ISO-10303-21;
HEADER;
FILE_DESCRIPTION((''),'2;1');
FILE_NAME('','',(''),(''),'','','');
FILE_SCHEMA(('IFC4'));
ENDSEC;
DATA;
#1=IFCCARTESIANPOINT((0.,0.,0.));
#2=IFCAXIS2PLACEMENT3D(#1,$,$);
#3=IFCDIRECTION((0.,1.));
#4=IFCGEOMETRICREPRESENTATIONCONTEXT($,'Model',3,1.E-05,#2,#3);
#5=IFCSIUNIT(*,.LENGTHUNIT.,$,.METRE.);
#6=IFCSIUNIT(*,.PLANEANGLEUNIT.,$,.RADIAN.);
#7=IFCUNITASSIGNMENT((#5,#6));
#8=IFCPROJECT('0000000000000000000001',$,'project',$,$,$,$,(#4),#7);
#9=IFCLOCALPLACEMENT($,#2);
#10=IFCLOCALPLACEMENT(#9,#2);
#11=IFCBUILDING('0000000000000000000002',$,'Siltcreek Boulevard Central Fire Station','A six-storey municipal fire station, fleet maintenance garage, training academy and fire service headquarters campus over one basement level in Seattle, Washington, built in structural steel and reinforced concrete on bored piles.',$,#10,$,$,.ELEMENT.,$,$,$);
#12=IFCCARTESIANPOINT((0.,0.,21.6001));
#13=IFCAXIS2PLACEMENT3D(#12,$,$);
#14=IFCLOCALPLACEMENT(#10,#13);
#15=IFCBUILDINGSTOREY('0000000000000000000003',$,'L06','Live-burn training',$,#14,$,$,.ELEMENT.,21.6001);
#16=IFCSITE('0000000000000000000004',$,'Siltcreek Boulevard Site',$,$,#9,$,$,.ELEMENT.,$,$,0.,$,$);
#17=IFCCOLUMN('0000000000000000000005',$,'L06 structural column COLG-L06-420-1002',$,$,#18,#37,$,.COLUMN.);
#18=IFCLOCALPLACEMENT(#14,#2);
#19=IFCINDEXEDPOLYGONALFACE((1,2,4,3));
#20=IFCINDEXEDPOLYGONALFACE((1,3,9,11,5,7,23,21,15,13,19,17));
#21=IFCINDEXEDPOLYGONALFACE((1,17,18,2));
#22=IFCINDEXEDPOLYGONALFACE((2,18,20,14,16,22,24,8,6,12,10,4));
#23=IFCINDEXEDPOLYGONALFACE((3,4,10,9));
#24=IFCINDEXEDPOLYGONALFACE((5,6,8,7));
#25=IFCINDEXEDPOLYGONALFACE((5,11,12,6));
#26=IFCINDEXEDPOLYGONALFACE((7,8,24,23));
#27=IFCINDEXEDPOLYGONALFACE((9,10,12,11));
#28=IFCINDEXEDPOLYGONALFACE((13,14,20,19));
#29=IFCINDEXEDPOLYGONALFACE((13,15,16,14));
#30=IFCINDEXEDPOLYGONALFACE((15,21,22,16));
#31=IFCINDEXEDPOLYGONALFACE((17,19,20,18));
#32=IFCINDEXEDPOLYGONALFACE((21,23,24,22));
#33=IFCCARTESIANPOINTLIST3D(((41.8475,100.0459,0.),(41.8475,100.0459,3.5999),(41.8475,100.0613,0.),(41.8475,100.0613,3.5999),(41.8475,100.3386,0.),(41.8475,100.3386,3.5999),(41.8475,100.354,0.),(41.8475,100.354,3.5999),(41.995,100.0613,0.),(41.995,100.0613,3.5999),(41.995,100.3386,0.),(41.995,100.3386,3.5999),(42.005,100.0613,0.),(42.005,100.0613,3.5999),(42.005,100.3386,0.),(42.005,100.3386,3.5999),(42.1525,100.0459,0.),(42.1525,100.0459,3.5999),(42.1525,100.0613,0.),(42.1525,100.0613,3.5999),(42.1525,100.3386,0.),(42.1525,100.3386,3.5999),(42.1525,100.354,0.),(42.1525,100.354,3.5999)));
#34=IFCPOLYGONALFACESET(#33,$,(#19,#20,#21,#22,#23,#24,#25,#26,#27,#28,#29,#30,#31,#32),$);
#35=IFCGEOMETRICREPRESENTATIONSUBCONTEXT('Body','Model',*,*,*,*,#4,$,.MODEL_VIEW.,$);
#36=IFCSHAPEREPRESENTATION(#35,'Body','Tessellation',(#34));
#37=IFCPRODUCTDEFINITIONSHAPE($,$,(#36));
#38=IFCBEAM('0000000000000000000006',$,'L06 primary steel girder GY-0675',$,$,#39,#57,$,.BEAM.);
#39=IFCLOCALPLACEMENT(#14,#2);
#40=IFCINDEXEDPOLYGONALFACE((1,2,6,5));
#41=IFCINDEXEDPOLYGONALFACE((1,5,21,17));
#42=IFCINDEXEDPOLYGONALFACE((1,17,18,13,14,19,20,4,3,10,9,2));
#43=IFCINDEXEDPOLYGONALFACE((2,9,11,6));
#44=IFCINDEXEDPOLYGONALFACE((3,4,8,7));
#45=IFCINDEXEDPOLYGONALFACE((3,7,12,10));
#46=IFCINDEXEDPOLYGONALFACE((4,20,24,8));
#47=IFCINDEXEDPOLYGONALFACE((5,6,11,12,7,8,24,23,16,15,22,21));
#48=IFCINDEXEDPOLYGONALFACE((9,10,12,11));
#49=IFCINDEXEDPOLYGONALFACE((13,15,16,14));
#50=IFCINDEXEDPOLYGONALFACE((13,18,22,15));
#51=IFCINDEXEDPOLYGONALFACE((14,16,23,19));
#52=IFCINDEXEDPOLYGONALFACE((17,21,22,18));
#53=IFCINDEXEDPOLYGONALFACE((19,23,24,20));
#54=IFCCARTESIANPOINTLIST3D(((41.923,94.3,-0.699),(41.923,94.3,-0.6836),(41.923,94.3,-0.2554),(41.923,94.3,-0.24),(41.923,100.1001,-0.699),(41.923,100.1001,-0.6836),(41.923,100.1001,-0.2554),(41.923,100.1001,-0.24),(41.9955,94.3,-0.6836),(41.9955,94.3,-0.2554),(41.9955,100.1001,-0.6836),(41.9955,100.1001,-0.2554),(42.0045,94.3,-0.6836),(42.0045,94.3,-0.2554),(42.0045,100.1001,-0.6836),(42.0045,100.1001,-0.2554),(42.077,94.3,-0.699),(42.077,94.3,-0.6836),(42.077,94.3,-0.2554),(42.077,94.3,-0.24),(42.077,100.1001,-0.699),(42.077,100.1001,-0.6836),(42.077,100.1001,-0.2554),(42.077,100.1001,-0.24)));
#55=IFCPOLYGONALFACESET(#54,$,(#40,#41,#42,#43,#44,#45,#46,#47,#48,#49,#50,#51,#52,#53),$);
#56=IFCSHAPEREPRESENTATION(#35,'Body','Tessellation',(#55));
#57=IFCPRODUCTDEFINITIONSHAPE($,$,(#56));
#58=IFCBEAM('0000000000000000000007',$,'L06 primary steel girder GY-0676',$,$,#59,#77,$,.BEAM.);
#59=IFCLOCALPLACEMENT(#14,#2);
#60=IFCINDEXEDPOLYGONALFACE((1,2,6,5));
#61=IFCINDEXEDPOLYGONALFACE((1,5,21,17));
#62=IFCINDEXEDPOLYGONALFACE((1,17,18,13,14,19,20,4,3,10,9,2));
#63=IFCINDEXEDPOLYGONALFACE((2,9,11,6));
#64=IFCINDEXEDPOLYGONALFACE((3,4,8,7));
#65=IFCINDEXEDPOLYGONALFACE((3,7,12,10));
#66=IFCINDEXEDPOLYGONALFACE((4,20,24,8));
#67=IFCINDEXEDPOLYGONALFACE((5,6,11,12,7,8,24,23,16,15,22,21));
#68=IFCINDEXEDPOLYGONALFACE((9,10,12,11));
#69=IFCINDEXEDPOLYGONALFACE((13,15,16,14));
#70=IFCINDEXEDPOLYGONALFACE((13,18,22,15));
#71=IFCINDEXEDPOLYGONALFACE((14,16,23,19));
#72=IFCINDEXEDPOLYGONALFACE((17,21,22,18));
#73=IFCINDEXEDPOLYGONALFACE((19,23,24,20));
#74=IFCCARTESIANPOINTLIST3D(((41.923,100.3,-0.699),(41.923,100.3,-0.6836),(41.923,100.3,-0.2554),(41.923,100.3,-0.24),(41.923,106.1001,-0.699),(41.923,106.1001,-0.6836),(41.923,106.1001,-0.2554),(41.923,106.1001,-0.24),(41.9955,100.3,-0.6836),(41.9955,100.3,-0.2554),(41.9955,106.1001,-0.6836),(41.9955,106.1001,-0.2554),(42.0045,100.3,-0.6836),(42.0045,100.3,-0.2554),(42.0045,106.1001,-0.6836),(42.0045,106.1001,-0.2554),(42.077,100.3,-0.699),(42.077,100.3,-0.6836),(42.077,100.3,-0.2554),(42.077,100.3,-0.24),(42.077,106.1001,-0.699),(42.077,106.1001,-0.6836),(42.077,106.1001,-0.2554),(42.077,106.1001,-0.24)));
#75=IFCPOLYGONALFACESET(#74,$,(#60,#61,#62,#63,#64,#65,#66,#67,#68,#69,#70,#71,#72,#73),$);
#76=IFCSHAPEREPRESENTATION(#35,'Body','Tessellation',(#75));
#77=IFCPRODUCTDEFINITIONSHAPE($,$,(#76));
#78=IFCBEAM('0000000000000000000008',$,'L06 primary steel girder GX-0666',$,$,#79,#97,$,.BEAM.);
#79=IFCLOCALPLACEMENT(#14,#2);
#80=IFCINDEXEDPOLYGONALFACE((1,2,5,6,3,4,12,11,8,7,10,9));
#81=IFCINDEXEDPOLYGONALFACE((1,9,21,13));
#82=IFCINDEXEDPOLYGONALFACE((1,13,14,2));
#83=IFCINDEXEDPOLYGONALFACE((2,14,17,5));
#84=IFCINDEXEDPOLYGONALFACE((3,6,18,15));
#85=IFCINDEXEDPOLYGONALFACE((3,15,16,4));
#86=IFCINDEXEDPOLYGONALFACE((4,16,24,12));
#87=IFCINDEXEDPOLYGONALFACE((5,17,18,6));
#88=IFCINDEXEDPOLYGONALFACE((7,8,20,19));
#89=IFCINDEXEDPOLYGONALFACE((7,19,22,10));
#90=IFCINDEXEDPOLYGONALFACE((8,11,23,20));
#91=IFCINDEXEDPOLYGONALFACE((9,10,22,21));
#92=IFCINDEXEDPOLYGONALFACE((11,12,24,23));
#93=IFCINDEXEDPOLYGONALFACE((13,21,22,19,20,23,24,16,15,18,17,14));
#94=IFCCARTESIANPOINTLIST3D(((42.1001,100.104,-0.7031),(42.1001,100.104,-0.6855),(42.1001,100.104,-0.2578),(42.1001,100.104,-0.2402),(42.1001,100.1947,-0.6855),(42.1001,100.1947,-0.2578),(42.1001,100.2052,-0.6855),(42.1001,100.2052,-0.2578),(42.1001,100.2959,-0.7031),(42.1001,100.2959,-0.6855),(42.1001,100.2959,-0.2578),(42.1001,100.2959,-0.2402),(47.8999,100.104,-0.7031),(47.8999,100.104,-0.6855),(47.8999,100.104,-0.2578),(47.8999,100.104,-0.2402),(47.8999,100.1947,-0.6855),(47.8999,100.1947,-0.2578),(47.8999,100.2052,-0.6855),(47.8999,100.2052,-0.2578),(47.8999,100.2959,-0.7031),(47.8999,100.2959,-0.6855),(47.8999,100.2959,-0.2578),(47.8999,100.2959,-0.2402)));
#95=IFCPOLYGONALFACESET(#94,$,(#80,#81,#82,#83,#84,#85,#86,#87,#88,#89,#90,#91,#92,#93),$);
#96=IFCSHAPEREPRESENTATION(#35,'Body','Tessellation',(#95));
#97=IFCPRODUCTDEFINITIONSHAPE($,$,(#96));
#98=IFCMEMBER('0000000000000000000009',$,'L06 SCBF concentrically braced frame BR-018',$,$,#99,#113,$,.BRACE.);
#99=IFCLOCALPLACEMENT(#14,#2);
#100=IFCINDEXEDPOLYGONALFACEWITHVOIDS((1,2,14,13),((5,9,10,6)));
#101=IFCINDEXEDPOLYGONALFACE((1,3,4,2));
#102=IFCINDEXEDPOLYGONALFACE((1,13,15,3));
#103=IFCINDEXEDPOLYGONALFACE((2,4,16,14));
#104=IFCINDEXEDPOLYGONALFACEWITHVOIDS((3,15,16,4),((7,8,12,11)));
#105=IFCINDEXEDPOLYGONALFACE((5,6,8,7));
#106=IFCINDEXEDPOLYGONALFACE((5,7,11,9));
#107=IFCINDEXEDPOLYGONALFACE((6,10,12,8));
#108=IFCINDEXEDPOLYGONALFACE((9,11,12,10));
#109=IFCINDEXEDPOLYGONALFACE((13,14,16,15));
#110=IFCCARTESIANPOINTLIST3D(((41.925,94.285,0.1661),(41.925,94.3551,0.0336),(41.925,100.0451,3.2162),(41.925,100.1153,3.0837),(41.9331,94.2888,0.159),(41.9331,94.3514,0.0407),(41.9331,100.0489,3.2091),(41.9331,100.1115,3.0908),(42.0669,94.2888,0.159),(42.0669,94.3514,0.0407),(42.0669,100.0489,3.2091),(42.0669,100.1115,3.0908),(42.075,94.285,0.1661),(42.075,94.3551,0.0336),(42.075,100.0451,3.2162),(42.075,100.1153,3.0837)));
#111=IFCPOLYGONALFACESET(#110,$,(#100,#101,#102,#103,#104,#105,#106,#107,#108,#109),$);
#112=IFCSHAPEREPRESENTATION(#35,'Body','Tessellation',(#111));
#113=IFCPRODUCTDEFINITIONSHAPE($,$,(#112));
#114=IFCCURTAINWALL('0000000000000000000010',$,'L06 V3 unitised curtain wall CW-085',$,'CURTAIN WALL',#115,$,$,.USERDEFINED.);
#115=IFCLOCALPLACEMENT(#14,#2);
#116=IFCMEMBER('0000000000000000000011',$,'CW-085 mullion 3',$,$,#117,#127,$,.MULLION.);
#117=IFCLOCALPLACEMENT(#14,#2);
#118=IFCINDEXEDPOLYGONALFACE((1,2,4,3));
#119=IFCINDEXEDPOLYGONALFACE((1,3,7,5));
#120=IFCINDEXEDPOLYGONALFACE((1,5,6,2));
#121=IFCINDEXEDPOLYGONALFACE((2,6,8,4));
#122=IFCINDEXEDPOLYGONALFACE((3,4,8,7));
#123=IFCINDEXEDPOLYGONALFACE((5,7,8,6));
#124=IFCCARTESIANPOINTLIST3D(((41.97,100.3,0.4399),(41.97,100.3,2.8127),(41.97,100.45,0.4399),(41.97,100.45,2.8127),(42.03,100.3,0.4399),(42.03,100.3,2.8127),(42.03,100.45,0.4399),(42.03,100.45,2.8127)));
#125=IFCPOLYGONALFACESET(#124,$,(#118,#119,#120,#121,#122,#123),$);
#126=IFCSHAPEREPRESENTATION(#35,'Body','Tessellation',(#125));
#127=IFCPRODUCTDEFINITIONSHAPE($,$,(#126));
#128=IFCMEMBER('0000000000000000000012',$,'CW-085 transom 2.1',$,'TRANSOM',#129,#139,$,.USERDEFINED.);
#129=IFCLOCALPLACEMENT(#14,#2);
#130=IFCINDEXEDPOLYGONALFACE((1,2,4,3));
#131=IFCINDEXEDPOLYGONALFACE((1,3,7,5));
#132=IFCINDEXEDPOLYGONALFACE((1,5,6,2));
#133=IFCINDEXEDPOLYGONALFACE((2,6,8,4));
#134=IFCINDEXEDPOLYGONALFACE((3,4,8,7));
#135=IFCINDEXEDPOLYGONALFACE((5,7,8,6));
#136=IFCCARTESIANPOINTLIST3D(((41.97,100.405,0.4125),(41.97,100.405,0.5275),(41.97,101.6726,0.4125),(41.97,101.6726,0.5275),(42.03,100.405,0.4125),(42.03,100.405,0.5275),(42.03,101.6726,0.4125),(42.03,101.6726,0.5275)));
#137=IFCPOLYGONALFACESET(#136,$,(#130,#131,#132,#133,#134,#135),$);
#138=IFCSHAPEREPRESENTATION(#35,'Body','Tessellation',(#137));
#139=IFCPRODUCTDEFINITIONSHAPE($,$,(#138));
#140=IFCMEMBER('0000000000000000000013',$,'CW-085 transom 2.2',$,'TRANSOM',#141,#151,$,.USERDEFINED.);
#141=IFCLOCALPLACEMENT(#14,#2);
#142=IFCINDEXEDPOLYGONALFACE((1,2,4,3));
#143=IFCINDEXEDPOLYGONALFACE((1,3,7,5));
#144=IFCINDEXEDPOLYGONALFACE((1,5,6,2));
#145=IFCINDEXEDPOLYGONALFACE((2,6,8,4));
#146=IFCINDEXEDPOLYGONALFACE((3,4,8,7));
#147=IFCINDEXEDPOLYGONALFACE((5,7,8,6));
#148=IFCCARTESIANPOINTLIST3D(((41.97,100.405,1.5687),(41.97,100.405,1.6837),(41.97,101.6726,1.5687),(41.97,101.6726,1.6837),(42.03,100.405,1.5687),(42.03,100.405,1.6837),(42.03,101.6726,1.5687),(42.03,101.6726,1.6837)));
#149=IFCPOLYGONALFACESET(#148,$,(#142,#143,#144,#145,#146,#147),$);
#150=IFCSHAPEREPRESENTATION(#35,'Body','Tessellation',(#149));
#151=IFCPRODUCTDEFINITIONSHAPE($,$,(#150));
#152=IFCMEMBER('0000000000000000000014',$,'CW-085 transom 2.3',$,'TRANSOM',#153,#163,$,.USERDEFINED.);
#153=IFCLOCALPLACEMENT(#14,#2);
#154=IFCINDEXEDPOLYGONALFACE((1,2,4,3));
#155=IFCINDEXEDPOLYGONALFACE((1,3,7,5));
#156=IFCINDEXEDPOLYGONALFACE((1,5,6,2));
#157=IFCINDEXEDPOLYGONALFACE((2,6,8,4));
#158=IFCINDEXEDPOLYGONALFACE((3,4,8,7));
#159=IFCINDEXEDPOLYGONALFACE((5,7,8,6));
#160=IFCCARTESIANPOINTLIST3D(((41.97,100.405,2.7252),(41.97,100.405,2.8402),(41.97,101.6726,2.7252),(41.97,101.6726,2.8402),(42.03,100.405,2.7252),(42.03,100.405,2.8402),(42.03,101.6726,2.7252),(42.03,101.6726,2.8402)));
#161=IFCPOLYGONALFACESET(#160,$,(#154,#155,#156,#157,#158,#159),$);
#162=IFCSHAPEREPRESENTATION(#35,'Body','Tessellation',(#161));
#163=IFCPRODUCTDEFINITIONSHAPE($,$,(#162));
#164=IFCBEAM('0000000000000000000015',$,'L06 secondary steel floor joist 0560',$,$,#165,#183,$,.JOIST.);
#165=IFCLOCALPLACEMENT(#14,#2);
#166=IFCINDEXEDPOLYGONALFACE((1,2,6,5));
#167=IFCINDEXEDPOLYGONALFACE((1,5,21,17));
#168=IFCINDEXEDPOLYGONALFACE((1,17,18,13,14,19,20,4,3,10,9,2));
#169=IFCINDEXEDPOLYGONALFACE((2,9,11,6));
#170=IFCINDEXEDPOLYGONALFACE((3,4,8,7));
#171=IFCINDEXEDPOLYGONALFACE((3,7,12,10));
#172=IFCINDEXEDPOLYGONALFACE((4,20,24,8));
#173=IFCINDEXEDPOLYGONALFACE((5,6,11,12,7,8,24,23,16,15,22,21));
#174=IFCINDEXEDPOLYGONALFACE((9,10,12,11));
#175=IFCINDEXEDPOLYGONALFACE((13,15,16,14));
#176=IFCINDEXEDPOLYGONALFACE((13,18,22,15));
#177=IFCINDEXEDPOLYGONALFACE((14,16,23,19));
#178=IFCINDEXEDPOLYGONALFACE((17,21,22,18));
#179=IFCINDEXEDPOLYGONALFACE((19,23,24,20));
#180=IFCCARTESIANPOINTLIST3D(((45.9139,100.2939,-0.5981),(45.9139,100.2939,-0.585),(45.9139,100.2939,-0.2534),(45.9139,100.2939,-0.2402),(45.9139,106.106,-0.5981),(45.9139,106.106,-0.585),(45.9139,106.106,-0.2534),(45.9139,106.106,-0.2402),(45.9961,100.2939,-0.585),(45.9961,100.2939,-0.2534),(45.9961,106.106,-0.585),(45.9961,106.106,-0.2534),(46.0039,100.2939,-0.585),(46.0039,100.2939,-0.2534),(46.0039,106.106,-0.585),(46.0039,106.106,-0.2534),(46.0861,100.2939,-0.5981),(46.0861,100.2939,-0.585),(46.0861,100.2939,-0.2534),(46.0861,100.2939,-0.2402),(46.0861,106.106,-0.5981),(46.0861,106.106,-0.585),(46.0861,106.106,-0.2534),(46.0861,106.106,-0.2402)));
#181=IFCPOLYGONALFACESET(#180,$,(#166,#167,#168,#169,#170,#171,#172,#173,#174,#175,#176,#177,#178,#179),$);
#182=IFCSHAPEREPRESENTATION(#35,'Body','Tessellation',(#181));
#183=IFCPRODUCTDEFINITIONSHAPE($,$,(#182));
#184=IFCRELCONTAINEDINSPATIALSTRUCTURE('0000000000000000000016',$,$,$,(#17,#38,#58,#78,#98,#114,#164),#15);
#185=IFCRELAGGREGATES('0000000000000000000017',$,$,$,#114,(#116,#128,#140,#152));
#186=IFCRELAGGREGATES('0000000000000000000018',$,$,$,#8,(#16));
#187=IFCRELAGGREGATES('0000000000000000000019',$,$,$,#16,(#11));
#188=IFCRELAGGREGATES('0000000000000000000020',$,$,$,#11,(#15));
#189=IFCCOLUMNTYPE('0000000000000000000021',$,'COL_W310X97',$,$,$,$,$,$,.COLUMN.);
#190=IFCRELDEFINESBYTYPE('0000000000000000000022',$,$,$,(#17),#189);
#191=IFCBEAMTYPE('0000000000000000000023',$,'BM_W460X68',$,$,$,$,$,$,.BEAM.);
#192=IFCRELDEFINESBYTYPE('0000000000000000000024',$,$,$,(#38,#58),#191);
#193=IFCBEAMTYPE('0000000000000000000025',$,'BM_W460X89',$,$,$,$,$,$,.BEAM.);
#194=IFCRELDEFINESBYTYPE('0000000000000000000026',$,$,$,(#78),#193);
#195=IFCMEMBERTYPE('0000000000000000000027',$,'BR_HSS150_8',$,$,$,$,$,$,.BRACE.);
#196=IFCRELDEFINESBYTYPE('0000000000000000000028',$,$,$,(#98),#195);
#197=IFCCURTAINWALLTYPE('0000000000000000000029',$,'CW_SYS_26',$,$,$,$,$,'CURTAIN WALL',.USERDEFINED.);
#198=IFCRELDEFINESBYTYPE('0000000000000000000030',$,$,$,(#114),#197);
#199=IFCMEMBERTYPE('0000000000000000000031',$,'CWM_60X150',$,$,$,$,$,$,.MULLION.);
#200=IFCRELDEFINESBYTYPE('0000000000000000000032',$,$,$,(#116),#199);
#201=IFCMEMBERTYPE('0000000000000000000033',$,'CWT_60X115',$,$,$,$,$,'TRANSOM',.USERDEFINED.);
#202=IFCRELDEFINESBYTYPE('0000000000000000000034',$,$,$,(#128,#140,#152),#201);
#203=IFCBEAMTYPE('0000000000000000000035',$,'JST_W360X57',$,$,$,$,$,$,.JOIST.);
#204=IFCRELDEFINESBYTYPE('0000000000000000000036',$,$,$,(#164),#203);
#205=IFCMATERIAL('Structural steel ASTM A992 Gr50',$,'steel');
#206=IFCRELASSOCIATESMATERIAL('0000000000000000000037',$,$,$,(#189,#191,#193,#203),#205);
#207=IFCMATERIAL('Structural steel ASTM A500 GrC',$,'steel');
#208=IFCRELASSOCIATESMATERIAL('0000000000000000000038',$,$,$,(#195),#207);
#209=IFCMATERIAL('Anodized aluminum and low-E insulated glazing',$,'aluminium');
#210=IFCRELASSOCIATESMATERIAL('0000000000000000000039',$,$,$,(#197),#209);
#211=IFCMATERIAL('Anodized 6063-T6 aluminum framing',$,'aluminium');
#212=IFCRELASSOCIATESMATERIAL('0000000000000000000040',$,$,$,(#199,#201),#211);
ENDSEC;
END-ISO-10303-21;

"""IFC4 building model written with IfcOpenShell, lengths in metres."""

from ifc_helpers import new_model, si_unit, direction, frame, origin, origin_2d, place, context, subcontext, project, spatial, rectangle, hollow_rectangle, i_section, extrude, material, material_profile, profile_set, type_object, element, aggregate, save


model = new_model("IFC4")

# Units and contexts
model_context = context("Model", 3, precision=1e-05, world=origin(), true_north=direction((0.0, 1.0)))
body_context = subcontext(model_context, "Body", "Model", "MODEL_VIEW")
ifc_project = project(units=[si_unit("LENGTHUNIT", "METRE"), si_unit("PLANEANGLEUNIT", "RADIAN")], contexts=[model_context])

# Site, building, storey
site_placement = place(None, origin())
site = spatial("IfcSite", under=ifc_project, at=site_placement, Name="Siltcreek Boulevard Site", CompositionType="ELEMENT", RefElevation=0.0)
building_placement = place(site_placement, origin())
building = spatial("IfcBuilding", under=site, at=building_placement, Name="Siltcreek Boulevard Central Fire Station", Description="A six-storey municipal fire station, fleet maintenance garage, training academy and fire service headquarters campus over one basement level in Seattle, Washington, built in structural steel and reinforced concrete on bored piles.", CompositionType="ELEMENT")
storey_placement = place(building_placement, frame((0.0, 0.0, 21.6001)))
storey = spatial("IfcBuildingStorey", under=building, at=storey_placement, Name="L06", Description="Live-burn training", CompositionType="ELEMENT", Elevation=21.6001)

# Column
ifc_material_1 = material(Name="Structural steel ASTM A992 Gr50", Category="steel")
ifc_material_profile_1 = material_profile(ifc_material_1, i_section(OverallWidth=0.3049, OverallDepth=0.3081, WebThickness=0.01, FlangeThickness=0.0154, at=origin_2d()), Name="W310X97")
ifc_profile_set_1 = profile_set([ifc_material_profile_1], Name="Structural steel ASTM A992 Gr50")
column_type = type_object("IfcColumnType", Name="COL_W310X97", PredefinedType="COLUMN", material=ifc_profile_set_1)
column_placement = place(storey_placement, frame((42.0, 100.2, 0.0), z_axis=(0.0, 0.0, 1.0), x_axis=(1.0, 0.0, 0.0)))
element("IfcColumn", 1, at=column_placement, inside=storey, type_object=column_type, Name="L06 structural column COLG-L06-420-1002", PredefinedType="COLUMN", context=body_context, shape_type="SweptSolid", body=[
    extrude(i_section(OverallWidth=0.3049, OverallDepth=0.3081, WebThickness=0.01, FlangeThickness=0.0154, at=origin_2d()), origin(), (0.0, 0.0, 1.0), 3.5999),
])

# Beams
ifc_material_profile_2 = material_profile(ifc_material_1, i_section(OverallWidth=0.1541, OverallDepth=0.459, WebThickness=0.009, FlangeThickness=0.0154, at=origin_2d()), Name="W460X68")
ifc_profile_set_2 = profile_set([ifc_material_profile_2], Name="Structural steel ASTM A992 Gr50")
beam_type_1 = type_object("IfcBeamType", Name="BM_W460X68", PredefinedType="BEAM", material=ifc_profile_set_2)
for number, where, z_axis, x_axis, name in (
    (2, (42.0, 94.3, -0.4695), (0.0, 1.0, 0.0), (-1.0, 0.0, 0.0), "L06 primary steel girder GY-0675"),
    (3, (42.0, 100.3, -0.4695), (0.0, 1.0, 0.0), (-1.0, 0.0, 0.0), "L06 primary steel girder GY-0676"),
):
    element("IfcBeam", number, at=place(storey_placement, frame(where, z_axis=z_axis, x_axis=x_axis)), inside=storey, type_object=beam_type_1, Name=name, PredefinedType="BEAM", context=body_context, shape_type="SweptSolid", body=[
        extrude(i_section(OverallWidth=0.1541, OverallDepth=0.459, WebThickness=0.009, FlangeThickness=0.0154, at=origin_2d()), origin(), (0.0, 0.0, 1.0), 5.8),
    ])
ifc_material_profile_3 = material_profile(ifc_material_1, i_section(OverallWidth=0.1919, OverallDepth=0.4629, WebThickness=0.0105, FlangeThickness=0.0176, at=origin_2d()), Name="W460X89")
ifc_profile_set_3 = profile_set([ifc_material_profile_3], Name="Structural steel ASTM A992 Gr50")
beam_type_2 = type_object("IfcBeamType", Name="BM_W460X89", PredefinedType="BEAM", material=ifc_profile_set_3)
beam_1_placement = place(storey_placement, frame((42.1001, 100.2, -0.4717), z_axis=(1.0, 0.0, 0.0), x_axis=(0.0, 1.0, 0.0)))
element("IfcBeam", 4, at=beam_1_placement, inside=storey, type_object=beam_type_2, Name="L06 primary steel girder GX-0666", PredefinedType="BEAM", context=body_context, shape_type="SweptSolid", body=[
    extrude(i_section(OverallWidth=0.1919, OverallDepth=0.4629, WebThickness=0.0105, FlangeThickness=0.0176, at=origin_2d()), origin(), (0.0, 0.0, 1.0), 5.7998),
])

# Member
ifc_material_2 = material(Name="Structural steel ASTM A500 GrC", Category="steel")
ifc_material_profile_4 = material_profile(ifc_material_2, hollow_rectangle(XDim=0.1499, YDim=0.1499, WallThickness=0.0081, at=origin_2d()), Name="HSS150X150X8.0")
ifc_profile_set_4 = profile_set([ifc_material_profile_4], Name="Structural steel ASTM A500 GrC")
member_type_1 = type_object("IfcMemberType", Name="BR_HSS150_8", PredefinedType="BRACE", material=ifc_profile_set_4)
member_1_placement = place(storey_placement, frame((42.0, 94.3201, 0.0999), z_axis=(0.0, 0.883748, 0.467963), x_axis=(-1.0, 0.0, 0.0)))
element("IfcMember", 5, at=member_1_placement, inside=storey, type_object=member_type_1, Name="L06 SCBF concentrically braced frame BR-018", PredefinedType="BRACE", context=body_context, shape_type="SweptSolid", body=[
    extrude(hollow_rectangle(XDim=0.1499, YDim=0.1499, WallThickness=0.0081, at=origin_2d()), origin(), (0.0, 0.0, 1.0), 6.5178),
])

# Curtain wall, members
ifc_material_3 = material(Name="Anodized aluminum and low-E insulated glazing", Category="aluminium")
curtain_wall_type = type_object("IfcCurtainWallType", Name="CW_SYS_26", ElementType="CURTAIN WALL", PredefinedType="USERDEFINED", material=ifc_material_3)
curtain_wall_placement = place(storey_placement, origin())
curtain_wall = element("IfcCurtainWall", 6, at=curtain_wall_placement, inside=storey, type_object=curtain_wall_type, Name="L06 V3 unitised curtain wall CW-085", ObjectType="CURTAIN WALL", PredefinedType="USERDEFINED")
ifc_material_4 = material(Name="Anodized 6063-T6 aluminum framing", Category="aluminium")
ifc_material_profile_5 = material_profile(ifc_material_4, rectangle(XDim=0.0601, YDim=0.1499, at=origin_2d()), Name="MULL60X150")
ifc_profile_set_5 = profile_set([ifc_material_profile_5], Name="Anodized 6063-T6 aluminum framing")
member_type_2 = type_object("IfcMemberType", Name="CWM_60X150", PredefinedType="MULLION", material=ifc_profile_set_5)
member_2_placement = place(storey_placement, frame((42.0, 100.375, 0.4399), z_axis=(0.0, 0.0, 1.0), x_axis=(1.0, 0.0, 0.0)))
member_2 = element("IfcMember", 7, at=member_2_placement, type_object=member_type_2, Name="CW-085 mullion 3", PredefinedType="MULLION", context=body_context, shape_type="SweptSolid", body=[
    extrude(rectangle(XDim=0.0601, YDim=0.1499, at=origin_2d()), origin(), (0.0, 0.0, 1.0), 2.3728),
])
ifc_material_profile_6 = material_profile(ifc_material_4, rectangle(XDim=0.0601, YDim=0.115, at=origin_2d()), Name="TRAN60X115")
ifc_profile_set_6 = profile_set([ifc_material_profile_6], Name="Anodized 6063-T6 aluminum framing")
member_type_3 = type_object("IfcMemberType", Name="CWT_60X115", ElementType="TRANSOM", PredefinedType="USERDEFINED", material=ifc_profile_set_6)
member_3_placement = place(storey_placement, frame((42.0, 101.6726, 0.47), z_axis=(0.0, -1.0, 0.0), x_axis=(1.0, 0.0, 0.0)))
member_3 = element("IfcMember", 8, at=member_3_placement, type_object=member_type_3, Name="CW-085 transom 2.1", ObjectType="TRANSOM", PredefinedType="USERDEFINED", context=body_context, shape_type="SweptSolid", body=[
    extrude(rectangle(XDim=0.0601, YDim=0.115, at=origin_2d()), origin(), (0.0, 0.0, 1.0), 1.2676),
])
member_4_placement = place(storey_placement, frame((42.0, 101.6726, 1.6262), z_axis=(0.0, -1.0, 0.0), x_axis=(1.0, 0.0, 0.0)))
member_4 = element("IfcMember", 9, at=member_4_placement, type_object=member_type_3, Name="CW-085 transom 2.2", ObjectType="TRANSOM", PredefinedType="USERDEFINED", context=body_context, shape_type="SweptSolid", body=[
    extrude(rectangle(XDim=0.0601, YDim=0.115, at=origin_2d()), origin(), (0.0, 0.0, 1.0), 1.2676),
])
member_5_placement = place(storey_placement, frame((42.0, 101.6726, 2.7827), z_axis=(0.0, -1.0, 0.0), x_axis=(1.0, 0.0, 0.0)))
member_5 = element("IfcMember", 10, at=member_5_placement, type_object=member_type_3, Name="CW-085 transom 2.3", ObjectType="TRANSOM", PredefinedType="USERDEFINED", context=body_context, shape_type="SweptSolid", body=[
    extrude(rectangle(XDim=0.0601, YDim=0.115, at=origin_2d()), origin(), (0.0, 0.0, 1.0), 1.2676),
])

# Beam
ifc_material_profile_7 = material_profile(ifc_material_1, i_section(OverallWidth=0.1721, OverallDepth=0.3579, WebThickness=0.0078, FlangeThickness=0.0132, at=origin_2d()), Name="W360X57")
ifc_profile_set_7 = profile_set([ifc_material_profile_7], Name="Structural steel ASTM A992 Gr50")
beam_type_3 = type_object("IfcBeamType", Name="JST_W360X57", PredefinedType="JOIST", material=ifc_profile_set_7)
beam_2_placement = place(storey_placement, frame((46.0, 100.2939, -0.4192), z_axis=(0.0, 1.0, 0.0), x_axis=(-1.0, 0.0, 0.0)))
element("IfcBeam", 11, at=beam_2_placement, inside=storey, type_object=beam_type_3, Name="L06 secondary steel floor joist 0560", PredefinedType="JOIST", context=body_context, shape_type="SweptSolid", body=[
    extrude(i_section(OverallWidth=0.1721, OverallDepth=0.3579, WebThickness=0.0078, FlangeThickness=0.0132, at=origin_2d()), origin(), (0.0, 0.0, 1.0), 5.812),
])

aggregate(curtain_wall, [member_2, member_3, member_4, member_5])

save(model, "model.ifc")
